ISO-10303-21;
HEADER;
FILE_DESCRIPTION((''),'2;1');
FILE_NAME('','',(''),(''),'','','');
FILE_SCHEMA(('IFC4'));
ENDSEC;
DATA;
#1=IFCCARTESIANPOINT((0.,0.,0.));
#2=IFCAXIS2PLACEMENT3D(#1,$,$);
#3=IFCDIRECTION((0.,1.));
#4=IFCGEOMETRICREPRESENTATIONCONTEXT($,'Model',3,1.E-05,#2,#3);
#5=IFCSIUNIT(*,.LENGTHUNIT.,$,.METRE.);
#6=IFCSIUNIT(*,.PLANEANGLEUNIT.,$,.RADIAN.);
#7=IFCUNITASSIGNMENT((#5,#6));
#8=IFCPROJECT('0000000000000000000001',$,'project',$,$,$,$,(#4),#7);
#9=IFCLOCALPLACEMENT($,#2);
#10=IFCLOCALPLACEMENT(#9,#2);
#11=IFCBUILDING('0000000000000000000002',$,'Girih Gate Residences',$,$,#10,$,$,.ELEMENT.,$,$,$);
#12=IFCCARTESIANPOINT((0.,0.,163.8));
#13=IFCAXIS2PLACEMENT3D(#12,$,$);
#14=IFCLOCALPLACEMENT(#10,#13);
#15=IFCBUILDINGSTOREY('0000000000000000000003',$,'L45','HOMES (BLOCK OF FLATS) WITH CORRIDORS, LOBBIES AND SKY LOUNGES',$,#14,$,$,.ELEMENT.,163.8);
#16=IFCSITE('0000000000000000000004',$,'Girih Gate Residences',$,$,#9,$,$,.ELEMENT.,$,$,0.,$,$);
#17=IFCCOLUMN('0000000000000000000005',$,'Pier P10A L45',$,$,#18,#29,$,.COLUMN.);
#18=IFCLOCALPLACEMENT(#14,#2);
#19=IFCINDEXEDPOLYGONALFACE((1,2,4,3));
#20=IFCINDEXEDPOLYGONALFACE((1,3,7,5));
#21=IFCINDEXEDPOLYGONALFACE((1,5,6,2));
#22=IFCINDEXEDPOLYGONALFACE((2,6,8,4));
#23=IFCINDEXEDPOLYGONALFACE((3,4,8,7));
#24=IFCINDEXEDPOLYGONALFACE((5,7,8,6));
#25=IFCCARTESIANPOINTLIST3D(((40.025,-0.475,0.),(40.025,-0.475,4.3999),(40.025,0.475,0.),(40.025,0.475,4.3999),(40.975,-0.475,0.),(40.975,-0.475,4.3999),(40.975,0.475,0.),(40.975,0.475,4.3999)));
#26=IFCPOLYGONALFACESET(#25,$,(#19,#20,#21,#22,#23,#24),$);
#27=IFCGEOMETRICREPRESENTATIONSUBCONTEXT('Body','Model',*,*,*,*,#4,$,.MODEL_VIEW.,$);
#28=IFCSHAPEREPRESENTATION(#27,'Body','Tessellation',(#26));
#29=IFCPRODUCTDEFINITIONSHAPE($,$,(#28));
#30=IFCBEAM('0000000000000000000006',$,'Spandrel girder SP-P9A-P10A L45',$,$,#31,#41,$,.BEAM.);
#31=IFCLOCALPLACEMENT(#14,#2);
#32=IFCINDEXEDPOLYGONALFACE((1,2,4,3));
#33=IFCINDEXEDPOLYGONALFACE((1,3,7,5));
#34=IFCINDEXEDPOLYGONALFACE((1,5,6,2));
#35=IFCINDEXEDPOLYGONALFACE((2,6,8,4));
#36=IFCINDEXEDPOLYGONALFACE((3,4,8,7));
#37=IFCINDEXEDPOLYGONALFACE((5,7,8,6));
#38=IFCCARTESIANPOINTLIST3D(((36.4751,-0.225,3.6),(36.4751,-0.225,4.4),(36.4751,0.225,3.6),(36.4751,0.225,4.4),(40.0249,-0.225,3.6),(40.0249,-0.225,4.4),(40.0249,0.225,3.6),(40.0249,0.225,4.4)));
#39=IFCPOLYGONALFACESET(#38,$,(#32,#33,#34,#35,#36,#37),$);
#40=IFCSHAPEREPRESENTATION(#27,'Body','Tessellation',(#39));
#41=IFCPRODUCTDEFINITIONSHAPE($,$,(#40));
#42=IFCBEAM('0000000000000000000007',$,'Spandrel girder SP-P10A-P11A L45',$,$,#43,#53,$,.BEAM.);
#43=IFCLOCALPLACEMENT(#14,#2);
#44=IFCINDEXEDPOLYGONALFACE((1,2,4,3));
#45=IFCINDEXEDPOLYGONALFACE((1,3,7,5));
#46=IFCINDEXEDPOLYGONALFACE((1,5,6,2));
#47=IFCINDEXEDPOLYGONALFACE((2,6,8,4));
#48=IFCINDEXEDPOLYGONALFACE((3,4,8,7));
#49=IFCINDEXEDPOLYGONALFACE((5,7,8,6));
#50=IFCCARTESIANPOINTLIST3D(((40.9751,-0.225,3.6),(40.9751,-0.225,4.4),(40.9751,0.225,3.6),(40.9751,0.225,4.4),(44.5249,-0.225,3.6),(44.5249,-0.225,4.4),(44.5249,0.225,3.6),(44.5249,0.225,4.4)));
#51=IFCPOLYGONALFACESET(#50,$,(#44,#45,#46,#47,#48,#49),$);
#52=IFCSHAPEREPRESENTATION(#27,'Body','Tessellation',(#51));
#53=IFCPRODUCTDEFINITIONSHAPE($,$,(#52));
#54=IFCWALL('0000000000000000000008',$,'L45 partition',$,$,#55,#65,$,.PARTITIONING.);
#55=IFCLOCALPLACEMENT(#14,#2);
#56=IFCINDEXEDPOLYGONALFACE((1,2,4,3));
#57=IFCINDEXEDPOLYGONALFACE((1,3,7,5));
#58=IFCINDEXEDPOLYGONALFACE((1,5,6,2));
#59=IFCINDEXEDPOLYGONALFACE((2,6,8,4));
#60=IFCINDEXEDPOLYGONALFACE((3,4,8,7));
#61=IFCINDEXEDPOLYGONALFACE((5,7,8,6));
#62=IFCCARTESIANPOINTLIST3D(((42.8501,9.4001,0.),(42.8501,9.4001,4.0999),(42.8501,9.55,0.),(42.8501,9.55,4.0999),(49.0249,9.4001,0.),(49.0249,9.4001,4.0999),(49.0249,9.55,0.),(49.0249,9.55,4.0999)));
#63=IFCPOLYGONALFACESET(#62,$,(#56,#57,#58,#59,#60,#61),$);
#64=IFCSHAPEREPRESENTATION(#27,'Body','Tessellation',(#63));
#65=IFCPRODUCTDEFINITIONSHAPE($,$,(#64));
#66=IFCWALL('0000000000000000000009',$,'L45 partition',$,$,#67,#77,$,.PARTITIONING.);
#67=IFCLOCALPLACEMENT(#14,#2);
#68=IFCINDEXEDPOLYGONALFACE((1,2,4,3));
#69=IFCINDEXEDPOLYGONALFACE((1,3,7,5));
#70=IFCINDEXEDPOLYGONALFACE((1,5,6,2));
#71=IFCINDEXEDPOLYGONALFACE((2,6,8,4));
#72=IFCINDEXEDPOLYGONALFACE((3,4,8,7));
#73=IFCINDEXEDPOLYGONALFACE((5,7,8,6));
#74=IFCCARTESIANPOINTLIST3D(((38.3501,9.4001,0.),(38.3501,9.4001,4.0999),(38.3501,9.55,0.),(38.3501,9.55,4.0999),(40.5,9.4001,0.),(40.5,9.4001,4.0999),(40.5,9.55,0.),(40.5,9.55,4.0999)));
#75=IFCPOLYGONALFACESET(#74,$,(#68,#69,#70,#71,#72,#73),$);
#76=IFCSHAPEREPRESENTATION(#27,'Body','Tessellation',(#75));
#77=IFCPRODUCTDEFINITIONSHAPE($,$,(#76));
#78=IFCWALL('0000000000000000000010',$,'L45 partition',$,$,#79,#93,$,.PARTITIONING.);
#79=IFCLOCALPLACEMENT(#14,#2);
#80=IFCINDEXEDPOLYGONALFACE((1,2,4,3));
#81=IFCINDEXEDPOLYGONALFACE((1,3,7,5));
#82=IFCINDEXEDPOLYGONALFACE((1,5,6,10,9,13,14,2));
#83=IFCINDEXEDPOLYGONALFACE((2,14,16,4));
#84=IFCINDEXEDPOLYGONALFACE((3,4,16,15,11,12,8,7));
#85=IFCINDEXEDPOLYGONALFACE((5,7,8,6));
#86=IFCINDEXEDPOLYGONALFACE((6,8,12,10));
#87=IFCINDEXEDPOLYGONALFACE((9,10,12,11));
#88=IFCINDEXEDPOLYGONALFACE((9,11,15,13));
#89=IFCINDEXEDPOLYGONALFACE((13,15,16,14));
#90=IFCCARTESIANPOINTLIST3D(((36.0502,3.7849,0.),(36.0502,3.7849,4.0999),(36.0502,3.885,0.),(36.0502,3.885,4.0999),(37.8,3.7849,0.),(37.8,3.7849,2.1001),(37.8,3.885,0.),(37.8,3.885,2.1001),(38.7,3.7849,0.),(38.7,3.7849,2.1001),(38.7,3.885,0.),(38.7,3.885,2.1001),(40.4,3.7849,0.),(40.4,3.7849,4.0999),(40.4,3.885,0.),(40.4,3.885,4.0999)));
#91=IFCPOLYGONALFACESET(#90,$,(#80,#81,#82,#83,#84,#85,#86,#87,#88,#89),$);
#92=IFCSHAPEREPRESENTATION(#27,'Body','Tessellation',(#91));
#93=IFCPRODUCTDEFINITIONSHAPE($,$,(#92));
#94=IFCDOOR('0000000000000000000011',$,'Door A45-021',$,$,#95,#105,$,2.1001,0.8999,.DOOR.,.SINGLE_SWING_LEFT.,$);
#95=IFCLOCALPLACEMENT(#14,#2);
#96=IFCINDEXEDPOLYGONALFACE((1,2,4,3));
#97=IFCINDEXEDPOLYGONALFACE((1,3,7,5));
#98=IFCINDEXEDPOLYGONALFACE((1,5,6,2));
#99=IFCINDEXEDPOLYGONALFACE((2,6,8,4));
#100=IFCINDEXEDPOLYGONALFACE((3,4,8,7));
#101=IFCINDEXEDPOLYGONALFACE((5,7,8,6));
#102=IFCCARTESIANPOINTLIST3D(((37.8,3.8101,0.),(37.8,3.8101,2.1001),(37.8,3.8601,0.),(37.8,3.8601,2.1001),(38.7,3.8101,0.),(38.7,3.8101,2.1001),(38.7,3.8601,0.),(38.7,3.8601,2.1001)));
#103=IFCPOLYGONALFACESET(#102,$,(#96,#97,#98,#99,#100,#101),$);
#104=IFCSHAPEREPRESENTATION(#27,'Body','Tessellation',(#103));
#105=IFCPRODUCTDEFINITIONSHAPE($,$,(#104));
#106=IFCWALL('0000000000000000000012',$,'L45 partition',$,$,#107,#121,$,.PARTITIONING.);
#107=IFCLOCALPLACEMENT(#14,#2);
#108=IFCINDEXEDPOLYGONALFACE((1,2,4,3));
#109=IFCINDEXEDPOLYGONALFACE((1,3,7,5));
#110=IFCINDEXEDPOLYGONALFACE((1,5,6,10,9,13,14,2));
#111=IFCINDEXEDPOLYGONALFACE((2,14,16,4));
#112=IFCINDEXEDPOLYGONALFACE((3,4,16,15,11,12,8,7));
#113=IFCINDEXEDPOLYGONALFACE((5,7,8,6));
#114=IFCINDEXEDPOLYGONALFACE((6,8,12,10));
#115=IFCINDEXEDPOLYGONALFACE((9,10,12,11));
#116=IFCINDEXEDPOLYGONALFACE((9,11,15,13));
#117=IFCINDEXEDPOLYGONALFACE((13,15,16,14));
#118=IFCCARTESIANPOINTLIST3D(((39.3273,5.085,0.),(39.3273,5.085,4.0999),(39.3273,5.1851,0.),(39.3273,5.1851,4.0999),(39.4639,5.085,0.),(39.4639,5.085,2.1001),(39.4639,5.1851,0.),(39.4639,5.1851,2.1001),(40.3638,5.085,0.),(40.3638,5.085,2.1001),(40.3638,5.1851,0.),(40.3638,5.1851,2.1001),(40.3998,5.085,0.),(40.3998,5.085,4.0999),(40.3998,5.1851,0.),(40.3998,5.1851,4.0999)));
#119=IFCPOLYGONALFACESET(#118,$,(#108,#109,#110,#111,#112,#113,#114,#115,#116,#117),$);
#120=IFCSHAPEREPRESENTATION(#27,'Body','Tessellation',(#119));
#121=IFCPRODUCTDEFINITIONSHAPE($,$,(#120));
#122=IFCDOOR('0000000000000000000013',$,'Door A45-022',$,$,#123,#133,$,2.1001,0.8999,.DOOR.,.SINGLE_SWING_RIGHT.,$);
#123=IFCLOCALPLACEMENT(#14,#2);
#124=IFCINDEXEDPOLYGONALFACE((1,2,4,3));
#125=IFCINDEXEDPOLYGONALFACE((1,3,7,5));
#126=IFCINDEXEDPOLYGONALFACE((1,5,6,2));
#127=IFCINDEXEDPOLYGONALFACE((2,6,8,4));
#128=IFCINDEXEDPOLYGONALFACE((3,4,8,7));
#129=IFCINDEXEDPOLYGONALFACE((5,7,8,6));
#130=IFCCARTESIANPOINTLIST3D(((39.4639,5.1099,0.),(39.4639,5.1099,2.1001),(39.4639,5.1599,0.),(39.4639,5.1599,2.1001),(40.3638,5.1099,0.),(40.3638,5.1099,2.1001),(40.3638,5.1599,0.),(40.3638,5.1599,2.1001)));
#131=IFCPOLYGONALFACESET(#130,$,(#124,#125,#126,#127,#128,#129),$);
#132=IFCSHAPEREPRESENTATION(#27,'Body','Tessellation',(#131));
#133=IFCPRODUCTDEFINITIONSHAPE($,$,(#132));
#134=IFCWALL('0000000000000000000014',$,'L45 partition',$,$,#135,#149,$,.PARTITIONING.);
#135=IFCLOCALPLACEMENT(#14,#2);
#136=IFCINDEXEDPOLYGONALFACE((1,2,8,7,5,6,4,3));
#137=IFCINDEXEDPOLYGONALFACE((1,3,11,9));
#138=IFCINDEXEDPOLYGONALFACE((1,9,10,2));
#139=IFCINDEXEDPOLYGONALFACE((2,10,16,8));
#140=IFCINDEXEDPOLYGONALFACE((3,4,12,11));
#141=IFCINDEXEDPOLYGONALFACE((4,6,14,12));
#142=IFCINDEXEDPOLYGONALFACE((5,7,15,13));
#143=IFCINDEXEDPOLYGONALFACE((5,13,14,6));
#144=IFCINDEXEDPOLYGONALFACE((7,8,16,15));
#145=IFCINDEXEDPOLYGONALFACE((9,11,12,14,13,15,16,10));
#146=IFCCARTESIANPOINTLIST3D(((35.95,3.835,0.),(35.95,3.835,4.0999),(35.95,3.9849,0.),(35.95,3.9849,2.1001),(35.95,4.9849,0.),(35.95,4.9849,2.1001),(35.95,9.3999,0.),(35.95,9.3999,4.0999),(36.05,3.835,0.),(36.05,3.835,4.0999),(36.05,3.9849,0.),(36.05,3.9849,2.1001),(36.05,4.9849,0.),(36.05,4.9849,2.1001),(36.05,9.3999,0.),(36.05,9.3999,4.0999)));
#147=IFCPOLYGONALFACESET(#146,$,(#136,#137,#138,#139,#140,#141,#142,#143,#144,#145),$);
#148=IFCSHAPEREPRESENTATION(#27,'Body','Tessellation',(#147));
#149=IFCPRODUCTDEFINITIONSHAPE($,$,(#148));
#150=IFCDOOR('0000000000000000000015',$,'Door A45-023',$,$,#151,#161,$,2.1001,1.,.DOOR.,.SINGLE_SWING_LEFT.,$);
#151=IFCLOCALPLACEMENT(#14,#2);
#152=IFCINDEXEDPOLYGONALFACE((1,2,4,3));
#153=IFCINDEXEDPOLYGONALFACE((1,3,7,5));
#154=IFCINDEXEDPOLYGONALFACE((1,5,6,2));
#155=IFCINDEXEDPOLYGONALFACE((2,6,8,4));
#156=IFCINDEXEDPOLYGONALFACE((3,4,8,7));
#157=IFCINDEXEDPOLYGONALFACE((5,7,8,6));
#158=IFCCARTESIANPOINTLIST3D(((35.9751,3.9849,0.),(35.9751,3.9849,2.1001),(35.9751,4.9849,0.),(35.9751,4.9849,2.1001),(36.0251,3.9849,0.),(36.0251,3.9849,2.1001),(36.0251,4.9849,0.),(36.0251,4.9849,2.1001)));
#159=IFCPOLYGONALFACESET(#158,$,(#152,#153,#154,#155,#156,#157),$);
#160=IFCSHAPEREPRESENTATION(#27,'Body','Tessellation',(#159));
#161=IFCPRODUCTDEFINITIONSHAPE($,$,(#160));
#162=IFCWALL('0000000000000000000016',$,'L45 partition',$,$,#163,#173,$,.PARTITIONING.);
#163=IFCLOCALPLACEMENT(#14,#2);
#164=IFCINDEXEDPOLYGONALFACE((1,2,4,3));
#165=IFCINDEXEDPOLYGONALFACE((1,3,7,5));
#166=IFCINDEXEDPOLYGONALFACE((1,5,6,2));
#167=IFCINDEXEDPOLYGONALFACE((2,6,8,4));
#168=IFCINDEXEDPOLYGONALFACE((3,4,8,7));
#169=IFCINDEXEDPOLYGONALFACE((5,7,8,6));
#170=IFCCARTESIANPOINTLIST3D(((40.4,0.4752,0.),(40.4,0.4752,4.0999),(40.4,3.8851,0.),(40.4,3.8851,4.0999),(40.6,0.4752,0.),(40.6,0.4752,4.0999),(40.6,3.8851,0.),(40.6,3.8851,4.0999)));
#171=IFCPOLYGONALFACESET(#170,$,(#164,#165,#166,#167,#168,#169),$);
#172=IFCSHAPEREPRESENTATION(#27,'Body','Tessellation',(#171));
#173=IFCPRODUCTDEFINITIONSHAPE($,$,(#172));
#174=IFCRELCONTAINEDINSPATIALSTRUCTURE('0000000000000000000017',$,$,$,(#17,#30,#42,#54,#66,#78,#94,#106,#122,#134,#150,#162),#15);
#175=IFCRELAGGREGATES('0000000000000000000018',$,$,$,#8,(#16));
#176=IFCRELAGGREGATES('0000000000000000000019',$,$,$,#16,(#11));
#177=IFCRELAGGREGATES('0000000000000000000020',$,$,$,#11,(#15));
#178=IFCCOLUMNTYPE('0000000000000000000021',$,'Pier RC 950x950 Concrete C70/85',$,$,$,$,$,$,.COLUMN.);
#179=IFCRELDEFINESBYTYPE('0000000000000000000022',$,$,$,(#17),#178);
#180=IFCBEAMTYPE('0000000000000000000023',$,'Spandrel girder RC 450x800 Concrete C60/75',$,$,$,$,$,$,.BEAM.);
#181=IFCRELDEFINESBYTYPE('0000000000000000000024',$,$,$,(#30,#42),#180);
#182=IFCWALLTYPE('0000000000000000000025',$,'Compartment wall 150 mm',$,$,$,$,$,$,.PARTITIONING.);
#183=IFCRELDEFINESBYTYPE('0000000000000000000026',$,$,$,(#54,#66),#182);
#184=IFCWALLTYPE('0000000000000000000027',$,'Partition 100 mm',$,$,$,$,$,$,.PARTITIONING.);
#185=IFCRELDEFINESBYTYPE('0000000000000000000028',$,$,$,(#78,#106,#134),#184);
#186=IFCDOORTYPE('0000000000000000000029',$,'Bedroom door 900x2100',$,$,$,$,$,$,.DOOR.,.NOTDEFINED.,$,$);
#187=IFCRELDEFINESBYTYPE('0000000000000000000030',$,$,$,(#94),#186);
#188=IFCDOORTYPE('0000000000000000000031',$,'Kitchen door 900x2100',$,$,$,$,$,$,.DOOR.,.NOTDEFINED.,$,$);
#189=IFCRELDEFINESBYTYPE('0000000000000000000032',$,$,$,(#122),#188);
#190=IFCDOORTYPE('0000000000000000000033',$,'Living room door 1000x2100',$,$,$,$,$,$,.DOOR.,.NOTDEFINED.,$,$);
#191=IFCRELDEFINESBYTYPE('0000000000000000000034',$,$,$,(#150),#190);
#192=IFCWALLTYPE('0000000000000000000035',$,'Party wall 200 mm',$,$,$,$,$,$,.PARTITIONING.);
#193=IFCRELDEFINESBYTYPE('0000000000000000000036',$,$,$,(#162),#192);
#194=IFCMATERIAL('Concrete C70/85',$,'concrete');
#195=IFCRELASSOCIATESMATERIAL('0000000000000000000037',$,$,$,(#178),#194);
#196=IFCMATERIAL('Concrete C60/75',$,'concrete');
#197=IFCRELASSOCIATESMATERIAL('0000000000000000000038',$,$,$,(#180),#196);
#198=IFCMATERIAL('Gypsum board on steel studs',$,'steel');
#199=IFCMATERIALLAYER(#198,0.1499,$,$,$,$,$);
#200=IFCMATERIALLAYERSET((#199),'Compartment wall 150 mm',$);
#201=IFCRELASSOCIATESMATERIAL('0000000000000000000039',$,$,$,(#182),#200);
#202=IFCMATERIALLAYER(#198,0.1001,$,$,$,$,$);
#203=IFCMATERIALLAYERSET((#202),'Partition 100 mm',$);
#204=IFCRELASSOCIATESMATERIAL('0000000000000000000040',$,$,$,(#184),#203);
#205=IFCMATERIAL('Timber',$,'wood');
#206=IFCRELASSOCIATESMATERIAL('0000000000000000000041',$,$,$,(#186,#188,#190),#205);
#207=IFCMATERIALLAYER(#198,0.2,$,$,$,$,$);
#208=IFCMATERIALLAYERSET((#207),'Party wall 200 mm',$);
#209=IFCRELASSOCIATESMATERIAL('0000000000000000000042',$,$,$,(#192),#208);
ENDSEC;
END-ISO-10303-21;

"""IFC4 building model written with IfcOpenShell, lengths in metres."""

from ifc_helpers import new_model, si_unit, direction, frame, frame_2d, origin, origin_2d, place, context, subcontext, project, spatial, rectangle, extrude, material, layer, layer_set, material_profile, profile_set, type_object, element, fill, save


model = new_model("IFC4")

# Units and contexts
model_context = context("Model", 3, precision=1e-05, world=origin(), true_north=direction((0.0, 1.0)))
body_context = subcontext(model_context, "Body", "Model", "MODEL_VIEW")
ifc_project = project(units=[si_unit("LENGTHUNIT", "METRE"), si_unit("PLANEANGLEUNIT", "RADIAN")], contexts=[model_context])

# Site, building, storey
site_placement = place(None, origin())
site = spatial("IfcSite", under=ifc_project, at=site_placement, Name="Girih Gate Residences", CompositionType="ELEMENT", RefElevation=0.0)
building_placement = place(site_placement, origin())
building = spatial("IfcBuilding", under=site, at=building_placement, Name="Girih Gate Residences", CompositionType="ELEMENT")
storey_placement = place(building_placement, frame((0.0, 0.0, 163.8)))
storey = spatial("IfcBuildingStorey", under=building, at=storey_placement, Name="L45", Description="HOMES (BLOCK OF FLATS) WITH CORRIDORS, LOBBIES AND SKY LOUNGES", CompositionType="ELEMENT", Elevation=163.8)

# Column
ifc_material_1 = material(Name="Concrete C70/85", Category="concrete")
ifc_material_profile_1 = material_profile(ifc_material_1, rectangle(XDim=0.95, YDim=0.95, at=origin_2d()))
ifc_profile_set_1 = profile_set([ifc_material_profile_1], Name="Concrete C70/85")
column_type = type_object("IfcColumnType", Name="Pier RC 950x950 Concrete C70/85", PredefinedType="COLUMN", material=ifc_profile_set_1)
column_placement = place(storey_placement, frame((40.5, 0.0, 0.0), z_axis=(0.0, 0.0, 1.0), x_axis=(1.0, 0.0, 0.0)))
element("IfcColumn", 1, at=column_placement, inside=storey, type_object=column_type, Name="Pier P10A L45", PredefinedType="COLUMN", context=body_context, shape_type="SweptSolid", body=[
    extrude(rectangle(XDim=0.95, YDim=0.95, at=origin_2d()), origin(), (0.0, 0.0, 1.0), 4.3999),
])

# Beams
ifc_material_2 = material(Name="Concrete C60/75", Category="concrete")
ifc_material_profile_2 = material_profile(ifc_material_2, rectangle(XDim=0.45, YDim=0.8, at=origin_2d()))
ifc_profile_set_2 = profile_set([ifc_material_profile_2], Name="Concrete C60/75")
beam_type = type_object("IfcBeamType", Name="Spandrel girder RC 450x800 Concrete C60/75", PredefinedType="BEAM", material=ifc_profile_set_2)
for number, where, z_axis, x_axis, name in (
    (2, (36.4751, 0.0, 4.0), (1.0, 0.0, 0.0), (0.0, 1.0, 0.0), "Spandrel girder SP-P9A-P10A L45"),
    (3, (40.9751, 0.0, 4.0), (1.0, 0.0, 0.0), (0.0, 1.0, 0.0), "Spandrel girder SP-P10A-P11A L45"),
):
    element("IfcBeam", number, at=place(storey_placement, frame(where, z_axis=z_axis, x_axis=x_axis)), inside=storey, type_object=beam_type, Name=name, PredefinedType="BEAM", context=body_context, shape_type="SweptSolid", body=[
        extrude(rectangle(XDim=0.45, YDim=0.8, at=origin_2d()), origin(), (0.0, 0.0, 1.0), 3.5498),
    ])

# Wall
ifc_material_3 = material(Name="Gypsum board on steel studs", Category="steel")
ifc_layer_1 = layer(ifc_material_3, 0.1499)
ifc_layer_set_1 = layer_set([ifc_layer_1], Name="Compartment wall 150 mm")
wall_type_1 = type_object("IfcWallType", Name="Compartment wall 150 mm", PredefinedType="PARTITIONING", material=ifc_layer_set_1)
wall_1_placement = place(storey_placement, frame((42.8501, 9.4751, 0.0), z_axis=(0.0, 0.0, 1.0), x_axis=(1.0, 0.0, 0.0)))
element("IfcWall", 4, at=wall_1_placement, inside=storey, type_object=wall_type_1, Name="L45 partition", PredefinedType="PARTITIONING", context=body_context, shape_type="SweptSolid", body=[
    extrude(rectangle(XDim=6.1748, YDim=0.1499, at=frame_2d((3.0874, 0.0))), origin(), (0.0, 0.0, 1.0), 4.0999),
])

# Wall
wall_2_placement = place(storey_placement, frame((38.3501, 9.4751, 0.0), z_axis=(0.0, 0.0, 1.0), x_axis=(1.0, 0.0, 0.0)))
element("IfcWall", 5, at=wall_2_placement, inside=storey, type_object=wall_type_1, Name="L45 partition", PredefinedType="PARTITIONING", context=body_context, shape_type="SweptSolid", body=[
    extrude(rectangle(XDim=2.1499, YDim=0.1499, at=frame_2d((1.075, 0.0))), origin(), (0.0, 0.0, 1.0), 4.0999),
])

# Walls, openings, doors
ifc_layer_2 = layer(ifc_material_3, 0.1001)
ifc_layer_set_2 = layer_set([ifc_layer_2], Name="Partition 100 mm")
wall_type_2 = type_object("IfcWallType", Name="Partition 100 mm", PredefinedType="PARTITIONING", material=ifc_layer_set_2)
wall_3_placement = place(storey_placement, frame((40.3999, 3.835, 0.0), z_axis=(0.0, 0.0, 1.0), x_axis=(-1.0, 0.0, 0.0)))
wall_3 = element("IfcWall", 6, at=wall_3_placement, inside=storey, type_object=wall_type_2, Name="L45 partition", PredefinedType="PARTITIONING", context=body_context, shape_type="SweptSolid", body=[
    extrude(rectangle(XDim=4.3499, YDim=0.1001, at=frame_2d((2.1748, 0.0))), origin(), (0.0, 0.0, 1.0), 4.0999),
])
opening_1_placement = place(wall_3_placement, frame((1.7, 0.0, 0.0)))
opening_1 = element("IfcOpeningElement", 7, at=opening_1_placement, cuts=wall_3, PredefinedType="OPENING", context=body_context, shape_type="SweptSolid", body=[
    extrude(rectangle(XDim=0.8999, YDim=2.1001, at=frame_2d((0.45, 1.05))), frame((0.0, 0.0601, 0.0), z_axis=(0.0, -1.0, 0.0), x_axis=(1.0, 0.0, 0.0)), (0.0, 0.0, 1.0), 0.1201),
])
ifc_material_4 = material(Name="Timber", Category="wood")
door_type_1 = type_object("IfcDoorType", Name="Bedroom door 900x2100", OperationType="NOTDEFINED", PredefinedType="DOOR", material=ifc_material_4)
door_1_placement = place(opening_1_placement, origin())
door_1 = element("IfcDoor", 8, at=door_1_placement, inside=storey, type_object=door_type_1, Name="Door A45-021", OperationType="SINGLE_SWING_LEFT", OverallHeight=2.1001, OverallWidth=0.8999, PredefinedType="DOOR", context=body_context, shape_type="SweptSolid", body=[
    extrude(rectangle(XDim=0.8999, YDim=2.1001, at=frame_2d((0.45, 1.05))), frame((0.0, 0.0249, 0.0), z_axis=(0.0, -1.0, 0.0), x_axis=(1.0, 0.0, 0.0)), (0.0, 0.0, 1.0), 0.05),
])
fill(opening_1, door_1)
wall_4_placement = place(storey_placement, frame((39.3274, 5.135, 0.0), z_axis=(0.0, 0.0, 1.0), x_axis=(1.0, 0.0, 0.0)))
wall_4 = element("IfcWall", 9, at=wall_4_placement, inside=storey, type_object=wall_type_2, Name="L45 partition", PredefinedType="PARTITIONING", context=body_context, shape_type="SweptSolid", body=[
    extrude(rectangle(XDim=1.0725, YDim=0.1001, at=frame_2d((0.5361, 0.0))), origin(), (0.0, 0.0, 1.0), 4.0999),
])
opening_2_placement = place(wall_4_placement, frame((0.1365, 0.0, 0.0)))
opening_2 = element("IfcOpeningElement", 10, at=opening_2_placement, cuts=wall_4, PredefinedType="OPENING", context=body_context, shape_type="SweptSolid", body=[
    extrude(rectangle(XDim=0.8999, YDim=2.1001, at=frame_2d((0.45, 1.05))), frame((0.0, 0.0601, 0.0), z_axis=(0.0, -1.0, 0.0), x_axis=(1.0, 0.0, 0.0)), (0.0, 0.0, 1.0), 0.1201),
])
door_type_2 = type_object("IfcDoorType", Name="Kitchen door 900x2100", OperationType="NOTDEFINED", PredefinedType="DOOR", material=ifc_material_4)
door_2_placement = place(opening_2_placement, origin())
door_2 = element("IfcDoor", 11, at=door_2_placement, inside=storey, type_object=door_type_2, Name="Door A45-022", OperationType="SINGLE_SWING_RIGHT", OverallHeight=2.1001, OverallWidth=0.8999, PredefinedType="DOOR", context=body_context, shape_type="SweptSolid", body=[
    extrude(rectangle(XDim=0.8999, YDim=2.1001, at=frame_2d((0.45, 1.05))), frame((0.0, 0.0249, 0.0), z_axis=(0.0, -1.0, 0.0), x_axis=(1.0, 0.0, 0.0)), (0.0, 0.0, 1.0), 0.05),
])
fill(opening_2, door_2)
wall_5_placement = place(storey_placement, frame((36.0, 3.835, 0.0), z_axis=(0.0, 0.0, 1.0), x_axis=(0.0, 1.0, 0.0)))
wall_5 = element("IfcWall", 12, at=wall_5_placement, inside=storey, type_object=wall_type_2, Name="L45 partition", PredefinedType="PARTITIONING", context=body_context, shape_type="SweptSolid", body=[
    extrude(rectangle(XDim=5.5649, YDim=0.1001, at=frame_2d((2.7825, 0.0))), origin(), (0.0, 0.0, 1.0), 4.0999),
])
opening_3_placement = place(wall_5_placement, frame((0.1499, 0.0, 0.0)))
opening_3 = element("IfcOpeningElement", 13, at=opening_3_placement, cuts=wall_5, PredefinedType="OPENING", context=body_context, shape_type="SweptSolid", body=[
    extrude(rectangle(XDim=1.0, YDim=2.1001, at=frame_2d((0.5, 1.05))), frame((0.0, 0.0601, 0.0), z_axis=(0.0, -1.0, 0.0), x_axis=(1.0, 0.0, 0.0)), (0.0, 0.0, 1.0), 0.1201),
])
door_type_3 = type_object("IfcDoorType", Name="Living room door 1000x2100", OperationType="NOTDEFINED", PredefinedType="DOOR", material=ifc_material_4)
door_3_placement = place(opening_3_placement, origin())
door_3 = element("IfcDoor", 14, at=door_3_placement, inside=storey, type_object=door_type_3, Name="Door A45-023", OperationType="SINGLE_SWING_LEFT", OverallHeight=2.1001, OverallWidth=1.0, PredefinedType="DOOR", context=body_context, shape_type="SweptSolid", body=[
    extrude(rectangle(XDim=1.0, YDim=2.1001, at=frame_2d((0.5, 1.05))), frame((0.0, 0.0249, 0.0), z_axis=(0.0, -1.0, 0.0), x_axis=(1.0, 0.0, 0.0)), (0.0, 0.0, 1.0), 0.05),
])
fill(opening_3, door_3)

# Wall
ifc_layer_3 = layer(ifc_material_3, 0.2)
ifc_layer_set_3 = layer_set([ifc_layer_3], Name="Party wall 200 mm")
wall_type_3 = type_object("IfcWallType", Name="Party wall 200 mm", PredefinedType="PARTITIONING", material=ifc_layer_set_3)
wall_6_placement = place(storey_placement, frame((40.5, 0.4751, 0.0), z_axis=(0.0, 0.0, 1.0), x_axis=(0.0, 1.0, 0.0)))
element("IfcWall", 15, at=wall_6_placement, inside=storey, type_object=wall_type_3, Name="L45 partition", PredefinedType="PARTITIONING", context=body_context, shape_type="SweptSolid", body=[
    extrude(rectangle(XDim=3.4099, YDim=0.2, at=frame_2d((1.7051, 0.0))), origin(), (0.0, 0.0, 1.0), 4.0999),
])

save(model, "model.ifc")
